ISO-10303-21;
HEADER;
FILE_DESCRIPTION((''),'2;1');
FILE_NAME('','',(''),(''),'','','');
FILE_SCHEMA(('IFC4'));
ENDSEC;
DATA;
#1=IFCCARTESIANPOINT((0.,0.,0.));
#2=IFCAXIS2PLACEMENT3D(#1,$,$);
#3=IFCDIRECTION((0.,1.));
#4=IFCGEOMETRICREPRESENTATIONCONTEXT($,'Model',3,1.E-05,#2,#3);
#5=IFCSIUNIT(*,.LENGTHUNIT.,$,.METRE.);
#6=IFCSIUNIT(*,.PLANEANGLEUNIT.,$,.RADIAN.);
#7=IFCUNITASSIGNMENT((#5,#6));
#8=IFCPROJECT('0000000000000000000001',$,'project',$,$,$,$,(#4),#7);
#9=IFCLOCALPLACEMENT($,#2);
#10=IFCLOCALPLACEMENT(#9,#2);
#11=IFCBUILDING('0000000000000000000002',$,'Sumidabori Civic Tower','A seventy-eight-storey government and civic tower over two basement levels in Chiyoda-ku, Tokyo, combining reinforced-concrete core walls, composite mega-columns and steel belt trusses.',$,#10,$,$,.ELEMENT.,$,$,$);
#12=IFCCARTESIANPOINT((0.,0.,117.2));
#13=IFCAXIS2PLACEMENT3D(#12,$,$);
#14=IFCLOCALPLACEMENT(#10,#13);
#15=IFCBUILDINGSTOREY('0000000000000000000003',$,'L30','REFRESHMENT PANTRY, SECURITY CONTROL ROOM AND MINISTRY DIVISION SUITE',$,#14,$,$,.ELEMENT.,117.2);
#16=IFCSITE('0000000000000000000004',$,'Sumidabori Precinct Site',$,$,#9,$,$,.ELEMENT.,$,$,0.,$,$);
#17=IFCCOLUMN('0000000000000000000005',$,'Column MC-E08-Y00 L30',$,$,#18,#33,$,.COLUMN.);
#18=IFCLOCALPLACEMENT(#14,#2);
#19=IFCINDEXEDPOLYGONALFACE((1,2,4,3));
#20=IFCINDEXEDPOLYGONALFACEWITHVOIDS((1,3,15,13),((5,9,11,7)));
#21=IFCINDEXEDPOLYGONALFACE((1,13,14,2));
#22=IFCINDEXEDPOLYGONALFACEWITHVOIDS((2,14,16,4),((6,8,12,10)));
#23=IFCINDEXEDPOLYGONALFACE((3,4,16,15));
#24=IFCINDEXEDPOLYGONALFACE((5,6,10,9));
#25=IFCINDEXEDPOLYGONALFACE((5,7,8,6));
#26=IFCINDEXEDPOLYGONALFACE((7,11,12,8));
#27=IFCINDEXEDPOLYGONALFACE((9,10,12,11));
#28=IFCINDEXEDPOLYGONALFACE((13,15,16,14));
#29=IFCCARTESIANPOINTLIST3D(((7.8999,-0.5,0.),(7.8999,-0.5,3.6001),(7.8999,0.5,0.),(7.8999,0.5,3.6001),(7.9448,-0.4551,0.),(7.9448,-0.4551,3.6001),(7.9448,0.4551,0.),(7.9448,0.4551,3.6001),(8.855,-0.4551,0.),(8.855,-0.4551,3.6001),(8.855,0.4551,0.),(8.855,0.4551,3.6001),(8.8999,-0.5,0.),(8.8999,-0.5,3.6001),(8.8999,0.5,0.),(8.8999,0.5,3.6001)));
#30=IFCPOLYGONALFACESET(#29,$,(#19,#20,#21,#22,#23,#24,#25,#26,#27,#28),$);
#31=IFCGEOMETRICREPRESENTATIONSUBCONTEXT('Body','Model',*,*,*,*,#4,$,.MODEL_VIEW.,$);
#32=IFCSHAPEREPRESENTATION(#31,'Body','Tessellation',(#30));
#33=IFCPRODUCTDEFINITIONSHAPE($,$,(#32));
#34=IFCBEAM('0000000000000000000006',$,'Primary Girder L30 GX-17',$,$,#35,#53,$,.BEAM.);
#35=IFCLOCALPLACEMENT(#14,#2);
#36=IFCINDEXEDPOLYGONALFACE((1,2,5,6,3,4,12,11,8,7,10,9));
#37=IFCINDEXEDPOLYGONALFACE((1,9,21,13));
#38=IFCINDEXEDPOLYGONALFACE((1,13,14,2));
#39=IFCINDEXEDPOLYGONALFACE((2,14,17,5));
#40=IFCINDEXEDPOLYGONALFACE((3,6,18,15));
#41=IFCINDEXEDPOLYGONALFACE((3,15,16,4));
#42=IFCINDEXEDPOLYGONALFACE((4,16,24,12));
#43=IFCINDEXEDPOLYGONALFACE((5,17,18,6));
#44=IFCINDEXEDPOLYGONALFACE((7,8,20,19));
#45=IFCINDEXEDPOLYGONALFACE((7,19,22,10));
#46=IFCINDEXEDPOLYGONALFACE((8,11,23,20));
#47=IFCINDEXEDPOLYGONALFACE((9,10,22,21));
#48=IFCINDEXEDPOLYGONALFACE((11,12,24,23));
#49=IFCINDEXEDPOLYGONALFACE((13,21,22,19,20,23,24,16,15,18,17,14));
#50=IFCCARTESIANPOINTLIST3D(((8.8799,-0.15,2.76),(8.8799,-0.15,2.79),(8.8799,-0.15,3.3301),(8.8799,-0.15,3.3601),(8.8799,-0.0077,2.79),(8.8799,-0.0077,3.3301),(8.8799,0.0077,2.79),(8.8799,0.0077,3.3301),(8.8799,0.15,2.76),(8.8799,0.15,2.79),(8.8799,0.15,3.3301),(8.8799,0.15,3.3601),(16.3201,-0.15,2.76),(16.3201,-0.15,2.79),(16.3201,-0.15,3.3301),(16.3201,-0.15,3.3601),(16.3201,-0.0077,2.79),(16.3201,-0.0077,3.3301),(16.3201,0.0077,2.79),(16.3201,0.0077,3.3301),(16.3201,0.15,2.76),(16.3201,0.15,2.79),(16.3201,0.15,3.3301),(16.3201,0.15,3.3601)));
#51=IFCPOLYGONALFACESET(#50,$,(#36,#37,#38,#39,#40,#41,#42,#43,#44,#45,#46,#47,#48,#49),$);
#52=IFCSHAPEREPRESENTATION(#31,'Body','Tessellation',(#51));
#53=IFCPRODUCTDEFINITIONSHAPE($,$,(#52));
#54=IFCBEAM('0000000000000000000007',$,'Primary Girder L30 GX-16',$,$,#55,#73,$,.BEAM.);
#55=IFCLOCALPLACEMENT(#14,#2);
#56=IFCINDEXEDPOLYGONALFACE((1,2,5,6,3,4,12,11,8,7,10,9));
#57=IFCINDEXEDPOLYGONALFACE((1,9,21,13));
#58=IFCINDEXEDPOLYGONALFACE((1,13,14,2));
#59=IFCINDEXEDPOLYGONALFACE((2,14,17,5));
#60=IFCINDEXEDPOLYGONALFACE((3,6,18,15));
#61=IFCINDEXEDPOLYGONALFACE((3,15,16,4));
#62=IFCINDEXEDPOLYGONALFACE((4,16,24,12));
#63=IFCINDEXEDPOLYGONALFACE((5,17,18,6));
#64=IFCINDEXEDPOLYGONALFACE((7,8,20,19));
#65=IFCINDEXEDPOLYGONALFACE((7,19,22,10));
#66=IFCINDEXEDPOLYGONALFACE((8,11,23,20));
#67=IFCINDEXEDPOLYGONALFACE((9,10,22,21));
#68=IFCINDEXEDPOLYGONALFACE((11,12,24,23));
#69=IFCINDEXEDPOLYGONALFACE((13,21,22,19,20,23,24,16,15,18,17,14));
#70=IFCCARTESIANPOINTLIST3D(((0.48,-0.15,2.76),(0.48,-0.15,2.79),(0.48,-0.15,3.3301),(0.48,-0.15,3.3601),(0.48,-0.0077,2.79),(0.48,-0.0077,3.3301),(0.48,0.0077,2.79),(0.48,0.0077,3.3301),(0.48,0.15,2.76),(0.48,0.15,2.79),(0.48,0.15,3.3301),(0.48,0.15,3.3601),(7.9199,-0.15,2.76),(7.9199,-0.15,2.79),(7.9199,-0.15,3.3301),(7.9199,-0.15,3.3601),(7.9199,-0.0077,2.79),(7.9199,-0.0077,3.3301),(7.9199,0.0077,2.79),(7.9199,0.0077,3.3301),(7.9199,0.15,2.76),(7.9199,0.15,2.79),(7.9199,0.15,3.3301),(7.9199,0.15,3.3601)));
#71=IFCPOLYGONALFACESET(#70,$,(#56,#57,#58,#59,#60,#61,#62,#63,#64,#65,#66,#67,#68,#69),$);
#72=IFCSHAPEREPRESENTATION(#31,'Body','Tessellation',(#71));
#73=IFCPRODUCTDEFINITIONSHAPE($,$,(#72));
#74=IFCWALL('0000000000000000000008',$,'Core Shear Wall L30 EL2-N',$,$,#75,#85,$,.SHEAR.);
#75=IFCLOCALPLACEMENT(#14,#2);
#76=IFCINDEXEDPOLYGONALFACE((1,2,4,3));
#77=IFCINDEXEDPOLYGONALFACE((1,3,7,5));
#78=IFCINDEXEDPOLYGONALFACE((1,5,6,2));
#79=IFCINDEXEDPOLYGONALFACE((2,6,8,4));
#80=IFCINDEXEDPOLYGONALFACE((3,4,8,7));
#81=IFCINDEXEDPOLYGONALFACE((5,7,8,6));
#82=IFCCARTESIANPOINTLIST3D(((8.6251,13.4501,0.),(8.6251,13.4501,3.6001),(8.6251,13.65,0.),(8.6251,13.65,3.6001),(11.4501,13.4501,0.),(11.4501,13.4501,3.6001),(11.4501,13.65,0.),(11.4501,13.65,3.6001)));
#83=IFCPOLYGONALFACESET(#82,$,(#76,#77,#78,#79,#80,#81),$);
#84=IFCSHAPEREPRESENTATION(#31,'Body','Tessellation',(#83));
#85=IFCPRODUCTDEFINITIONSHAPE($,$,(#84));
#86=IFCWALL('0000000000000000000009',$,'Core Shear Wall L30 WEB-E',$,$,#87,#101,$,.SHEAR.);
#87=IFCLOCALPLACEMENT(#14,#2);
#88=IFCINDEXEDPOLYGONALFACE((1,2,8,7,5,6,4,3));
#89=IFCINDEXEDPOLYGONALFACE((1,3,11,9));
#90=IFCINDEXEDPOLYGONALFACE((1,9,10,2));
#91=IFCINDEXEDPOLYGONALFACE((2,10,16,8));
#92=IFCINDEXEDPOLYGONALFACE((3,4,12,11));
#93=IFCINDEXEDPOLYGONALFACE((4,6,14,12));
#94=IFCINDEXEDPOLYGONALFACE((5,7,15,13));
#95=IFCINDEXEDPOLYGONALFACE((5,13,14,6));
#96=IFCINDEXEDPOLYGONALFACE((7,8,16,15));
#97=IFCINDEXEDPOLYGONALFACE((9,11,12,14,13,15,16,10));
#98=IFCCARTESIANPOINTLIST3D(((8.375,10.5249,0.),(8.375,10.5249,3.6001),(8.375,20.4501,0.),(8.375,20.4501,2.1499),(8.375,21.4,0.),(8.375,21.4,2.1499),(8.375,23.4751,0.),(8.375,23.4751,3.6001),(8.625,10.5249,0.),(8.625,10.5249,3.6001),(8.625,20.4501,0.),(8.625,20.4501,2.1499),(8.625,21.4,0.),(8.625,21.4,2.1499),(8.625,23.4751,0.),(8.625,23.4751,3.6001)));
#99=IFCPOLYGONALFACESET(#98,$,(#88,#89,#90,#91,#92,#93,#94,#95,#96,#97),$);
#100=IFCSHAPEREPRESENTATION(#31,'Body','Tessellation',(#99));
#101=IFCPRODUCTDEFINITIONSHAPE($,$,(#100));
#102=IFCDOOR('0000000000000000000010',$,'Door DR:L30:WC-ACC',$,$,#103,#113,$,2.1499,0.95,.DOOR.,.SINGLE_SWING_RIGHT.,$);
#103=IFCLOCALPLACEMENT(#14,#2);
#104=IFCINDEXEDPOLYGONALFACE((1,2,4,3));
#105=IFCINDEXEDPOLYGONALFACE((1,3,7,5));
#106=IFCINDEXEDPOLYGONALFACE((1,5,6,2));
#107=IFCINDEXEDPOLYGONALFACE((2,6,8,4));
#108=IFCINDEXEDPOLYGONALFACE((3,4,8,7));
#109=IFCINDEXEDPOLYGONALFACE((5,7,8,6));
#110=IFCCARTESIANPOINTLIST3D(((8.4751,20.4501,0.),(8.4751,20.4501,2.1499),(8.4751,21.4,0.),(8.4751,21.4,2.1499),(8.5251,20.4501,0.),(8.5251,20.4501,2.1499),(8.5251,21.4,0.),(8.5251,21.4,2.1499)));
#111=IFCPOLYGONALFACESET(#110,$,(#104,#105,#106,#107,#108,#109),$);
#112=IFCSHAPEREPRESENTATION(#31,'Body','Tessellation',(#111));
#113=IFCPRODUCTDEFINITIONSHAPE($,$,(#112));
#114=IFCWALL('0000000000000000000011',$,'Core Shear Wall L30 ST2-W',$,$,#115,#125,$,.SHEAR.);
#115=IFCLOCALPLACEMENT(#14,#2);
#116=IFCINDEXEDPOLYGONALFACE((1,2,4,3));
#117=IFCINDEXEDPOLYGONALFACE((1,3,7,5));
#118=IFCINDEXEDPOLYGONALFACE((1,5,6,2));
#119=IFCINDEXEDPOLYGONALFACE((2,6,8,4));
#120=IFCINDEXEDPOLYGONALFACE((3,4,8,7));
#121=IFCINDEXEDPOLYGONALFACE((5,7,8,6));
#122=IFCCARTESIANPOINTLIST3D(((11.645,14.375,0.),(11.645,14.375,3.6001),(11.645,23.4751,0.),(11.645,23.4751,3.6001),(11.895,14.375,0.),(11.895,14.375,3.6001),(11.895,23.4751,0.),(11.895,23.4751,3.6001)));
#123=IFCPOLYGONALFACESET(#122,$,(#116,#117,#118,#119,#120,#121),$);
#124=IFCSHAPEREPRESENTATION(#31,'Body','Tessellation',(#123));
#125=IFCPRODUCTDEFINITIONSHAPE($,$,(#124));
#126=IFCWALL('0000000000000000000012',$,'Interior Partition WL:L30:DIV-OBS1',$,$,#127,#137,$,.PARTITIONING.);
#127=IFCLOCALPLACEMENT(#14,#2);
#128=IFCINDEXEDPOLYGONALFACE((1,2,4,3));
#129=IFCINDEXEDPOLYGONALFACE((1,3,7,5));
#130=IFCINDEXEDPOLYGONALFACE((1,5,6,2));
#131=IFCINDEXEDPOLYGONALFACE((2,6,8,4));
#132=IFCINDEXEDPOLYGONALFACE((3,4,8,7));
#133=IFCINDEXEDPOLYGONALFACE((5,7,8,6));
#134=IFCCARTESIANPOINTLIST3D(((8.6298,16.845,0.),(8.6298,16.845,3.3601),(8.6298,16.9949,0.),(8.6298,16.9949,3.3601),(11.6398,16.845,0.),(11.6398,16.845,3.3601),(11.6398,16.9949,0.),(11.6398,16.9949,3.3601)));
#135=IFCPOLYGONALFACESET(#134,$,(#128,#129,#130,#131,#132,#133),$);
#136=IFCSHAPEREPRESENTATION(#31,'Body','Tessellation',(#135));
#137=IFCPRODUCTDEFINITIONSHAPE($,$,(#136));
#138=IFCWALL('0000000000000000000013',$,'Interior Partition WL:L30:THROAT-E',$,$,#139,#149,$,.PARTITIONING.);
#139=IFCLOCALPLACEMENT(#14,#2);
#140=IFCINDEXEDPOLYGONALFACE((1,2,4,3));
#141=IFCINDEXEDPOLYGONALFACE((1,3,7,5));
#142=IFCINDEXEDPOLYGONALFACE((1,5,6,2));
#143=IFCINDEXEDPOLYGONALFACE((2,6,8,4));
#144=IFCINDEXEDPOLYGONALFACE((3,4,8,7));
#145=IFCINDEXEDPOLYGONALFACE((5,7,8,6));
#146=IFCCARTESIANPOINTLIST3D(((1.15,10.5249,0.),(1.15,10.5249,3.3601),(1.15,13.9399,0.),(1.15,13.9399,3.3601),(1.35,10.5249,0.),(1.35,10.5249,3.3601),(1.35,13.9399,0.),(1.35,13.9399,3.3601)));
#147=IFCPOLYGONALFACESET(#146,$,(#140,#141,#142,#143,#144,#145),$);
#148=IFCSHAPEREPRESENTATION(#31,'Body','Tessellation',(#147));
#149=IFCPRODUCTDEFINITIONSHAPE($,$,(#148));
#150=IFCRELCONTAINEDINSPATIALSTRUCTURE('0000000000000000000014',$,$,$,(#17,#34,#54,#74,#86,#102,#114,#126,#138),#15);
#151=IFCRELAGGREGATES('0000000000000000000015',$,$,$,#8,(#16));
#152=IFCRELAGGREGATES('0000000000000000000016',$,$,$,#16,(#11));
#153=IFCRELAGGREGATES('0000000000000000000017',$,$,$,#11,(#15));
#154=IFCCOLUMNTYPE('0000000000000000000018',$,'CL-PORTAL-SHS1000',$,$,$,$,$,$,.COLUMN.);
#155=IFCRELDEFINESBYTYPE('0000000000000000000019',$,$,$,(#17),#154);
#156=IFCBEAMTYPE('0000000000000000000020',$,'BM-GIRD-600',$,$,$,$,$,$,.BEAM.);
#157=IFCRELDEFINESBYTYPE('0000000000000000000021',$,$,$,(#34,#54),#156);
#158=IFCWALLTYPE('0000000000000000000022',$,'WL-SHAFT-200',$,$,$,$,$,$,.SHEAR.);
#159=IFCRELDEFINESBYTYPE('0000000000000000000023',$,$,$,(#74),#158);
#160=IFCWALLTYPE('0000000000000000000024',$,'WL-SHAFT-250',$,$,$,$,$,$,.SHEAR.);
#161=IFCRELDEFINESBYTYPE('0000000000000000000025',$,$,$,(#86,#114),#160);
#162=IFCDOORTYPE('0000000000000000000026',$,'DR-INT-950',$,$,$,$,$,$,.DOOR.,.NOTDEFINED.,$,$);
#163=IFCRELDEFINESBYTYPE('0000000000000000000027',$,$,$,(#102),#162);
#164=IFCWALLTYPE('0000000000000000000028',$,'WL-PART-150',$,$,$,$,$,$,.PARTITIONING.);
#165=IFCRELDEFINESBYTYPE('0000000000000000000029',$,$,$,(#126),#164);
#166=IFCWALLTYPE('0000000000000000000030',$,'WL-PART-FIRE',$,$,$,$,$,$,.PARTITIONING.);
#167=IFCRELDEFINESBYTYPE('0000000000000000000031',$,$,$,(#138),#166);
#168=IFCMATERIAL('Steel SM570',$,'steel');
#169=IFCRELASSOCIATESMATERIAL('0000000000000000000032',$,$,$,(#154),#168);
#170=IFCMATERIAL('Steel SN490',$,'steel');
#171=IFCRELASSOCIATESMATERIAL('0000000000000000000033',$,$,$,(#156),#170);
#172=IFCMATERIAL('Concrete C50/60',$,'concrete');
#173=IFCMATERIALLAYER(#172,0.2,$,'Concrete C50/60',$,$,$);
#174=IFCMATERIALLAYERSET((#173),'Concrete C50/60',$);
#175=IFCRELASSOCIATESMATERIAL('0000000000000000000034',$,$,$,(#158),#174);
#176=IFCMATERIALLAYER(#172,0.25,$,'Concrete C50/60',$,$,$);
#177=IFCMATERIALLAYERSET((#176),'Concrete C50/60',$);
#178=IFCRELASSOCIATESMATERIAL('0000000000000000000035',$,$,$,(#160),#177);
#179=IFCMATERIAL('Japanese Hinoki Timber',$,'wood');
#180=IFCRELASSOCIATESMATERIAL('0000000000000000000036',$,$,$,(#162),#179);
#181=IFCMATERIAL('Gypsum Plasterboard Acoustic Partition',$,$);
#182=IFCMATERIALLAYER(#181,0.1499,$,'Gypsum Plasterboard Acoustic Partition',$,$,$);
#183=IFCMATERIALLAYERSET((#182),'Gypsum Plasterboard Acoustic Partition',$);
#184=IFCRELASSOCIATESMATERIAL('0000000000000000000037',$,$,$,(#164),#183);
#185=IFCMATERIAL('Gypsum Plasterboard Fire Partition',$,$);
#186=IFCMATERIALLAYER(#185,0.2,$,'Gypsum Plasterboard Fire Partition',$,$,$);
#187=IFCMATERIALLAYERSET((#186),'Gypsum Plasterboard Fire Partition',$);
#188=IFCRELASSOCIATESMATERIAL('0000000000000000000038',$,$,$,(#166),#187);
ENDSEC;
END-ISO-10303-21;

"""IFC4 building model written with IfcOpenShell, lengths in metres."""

from ifc_helpers import new_model, si_unit, direction, frame, frame_2d, origin, origin_2d, place, context, subcontext, project, spatial, rectangle, hollow_rectangle, i_section, extrude, source, transform, mapped, material, layer, layer_set, material_profile, profile_set, type_object, element, fill, save


model = new_model("IFC4")

# Units and contexts
model_context = context("Model", 3, precision=1e-05, world=origin(), true_north=direction((0.0, 1.0)))
body_context = subcontext(model_context, "Body", "Model", "MODEL_VIEW")
ifc_project = project(units=[si_unit("LENGTHUNIT", "METRE"), si_unit("PLANEANGLEUNIT", "RADIAN")], contexts=[model_context])

# Site, building, storey
site_placement = place(None, origin())
site = spatial("IfcSite", under=ifc_project, at=site_placement, Name="Sumidabori Precinct Site", CompositionType="ELEMENT", RefElevation=0.0)
building_placement = place(site_placement, origin())
building = spatial("IfcBuilding", under=site, at=building_placement, Name="Sumidabori Civic Tower", Description="A seventy-eight-storey government and civic tower over two basement levels in Chiyoda-ku, Tokyo, combining reinforced-concrete core walls, composite mega-columns and steel belt trusses.", CompositionType="ELEMENT")
storey_placement = place(building_placement, frame((0.0, 0.0, 117.2)))
storey = spatial("IfcBuildingStorey", under=building, at=storey_placement, Name="L30", Description="REFRESHMENT PANTRY, SECURITY CONTROL ROOM AND MINISTRY DIVISION SUITE", CompositionType="ELEMENT", Elevation=117.2)

# Column
ifc_material_1 = material(Name="Steel SM570", Category="steel")
ifc_material_profile_1 = material_profile(ifc_material_1, hollow_rectangle(XDim=1.0, YDim=1.0, WallThickness=0.0449, at=origin_2d()), Name="SHS 1000x1000x45")
ifc_profile_set_1 = profile_set([ifc_material_profile_1], Name="Steel SM570")
column_type = type_object("IfcColumnType", Name="CL-PORTAL-SHS1000", PredefinedType="COLUMN", material=ifc_profile_set_1)
shared_shape_1 = source(origin(), body_context, "Body", "SweptSolid", [
    extrude(hollow_rectangle(XDim=1.0, YDim=1.0, WallThickness=0.0449, at=origin_2d()), origin(), (0.0, 0.0, 1.0), 3.6001),
])
column_placement = place(storey_placement, frame((8.3999, 0.0, 0.0), z_axis=(0.0, 0.0, 1.0), x_axis=(1.0, 0.0, 0.0)))
element("IfcColumn", 1, at=column_placement, inside=storey, type_object=column_type, Name="Column MC-E08-Y00 L30", PredefinedType="COLUMN", context=body_context, shape_type="MappedRepresentation", body=[
    mapped(shared_shape_1, transform((0.0, 0.0, 0.0), x_axis=(1.0, 0.0, 0.0), y_axis=(0.0, 1.0, 0.0), z_axis=(0.0, 0.0, 1.0), scale=1.0)),
])

# Beams
ifc_material_2 = material(Name="Steel SN490", Category="steel")
ifc_material_profile_2 = material_profile(ifc_material_2, i_section(OverallWidth=0.3, OverallDepth=0.6001, WebThickness=0.0154, FlangeThickness=0.03, at=origin_2d()), Name="HE 600 B")
ifc_profile_set_2 = profile_set([ifc_material_profile_2], Name="Steel SN490")
beam_type = type_object("IfcBeamType", Name="BM-GIRD-600", PredefinedType="BEAM", material=ifc_profile_set_2)
shared_shape_2 = source(origin(), body_context, "Body", "SweptSolid", [
    extrude(i_section(OverallWidth=0.3, OverallDepth=0.6001, WebThickness=0.0154, FlangeThickness=0.03, at=origin_2d()), origin(), (0.0, 0.0, 1.0), 7.4402),
])
beam_1_placement = place(storey_placement, frame((8.8799, 0.0, 3.0601), z_axis=(1.0, 0.0, 0.0), x_axis=(0.0, 1.0, 0.0)))
element("IfcBeam", 2, at=beam_1_placement, inside=storey, type_object=beam_type, Name="Primary Girder L30 GX-17", PredefinedType="BEAM", context=body_context, shape_type="MappedRepresentation", body=[
    mapped(shared_shape_2, transform((0.0, 0.0, 0.0), x_axis=(1.0, 0.0, 0.0), y_axis=(0.0, 1.0, 0.0), z_axis=(0.0, 0.0, 1.0), scale=1.0)),
])
shared_shape_3 = source(origin(), body_context, "Body", "SweptSolid", [
    extrude(i_section(OverallWidth=0.3, OverallDepth=0.6001, WebThickness=0.0154, FlangeThickness=0.03, at=origin_2d()), origin(), (0.0, 0.0, 1.0), 7.4399),
])
beam_2_placement = place(storey_placement, frame((0.48, 0.0, 3.0601), z_axis=(1.0, 0.0, 0.0), x_axis=(0.0, 1.0, 0.0)))
element("IfcBeam", 3, at=beam_2_placement, inside=storey, type_object=beam_type, Name="Primary Girder L30 GX-16", PredefinedType="BEAM", context=body_context, shape_type="MappedRepresentation", body=[
    mapped(shared_shape_3, transform((0.0, 0.0, 0.0), x_axis=(1.0, 0.0, 0.0), y_axis=(0.0, 1.0, 0.0), z_axis=(0.0, 0.0, 1.0), scale=1.0)),
])

# Wall
ifc_material_3 = material(Name="Concrete C50/60", Category="concrete")
ifc_layer_1 = layer(ifc_material_3, 0.2, Name="Concrete C50/60")
ifc_layer_set_1 = layer_set([ifc_layer_1], Name="Concrete C50/60")
wall_type_1 = type_object("IfcWallType", Name="WL-SHAFT-200", PredefinedType="SHEAR", material=ifc_layer_set_1)
shared_shape_4 = source(origin(), body_context, "Body", "SweptSolid", [
    extrude(rectangle(XDim=2.825, YDim=0.2, at=frame_2d((1.4126, 0.0))), origin(), (0.0, 0.0, 1.0), 3.6001),
])
wall_1_placement = place(storey_placement, frame((8.625, 13.55, 0.0), z_axis=(0.0, 0.0, 1.0), x_axis=(1.0, 0.0, 0.0)))
element("IfcWall", 4, at=wall_1_placement, inside=storey, type_object=wall_type_1, Name="Core Shear Wall L30 EL2-N", PredefinedType="SHEAR", context=body_context, shape_type="MappedRepresentation", body=[
    mapped(shared_shape_4, transform((0.0, 0.0, 0.0), x_axis=(1.0, 0.0, 0.0), y_axis=(0.0, 1.0, 0.0), z_axis=(0.0, 0.0, 1.0), scale=1.0)),
])

# Wall, opening, door
ifc_layer_2 = layer(ifc_material_3, 0.25, Name="Concrete C50/60")
ifc_layer_set_2 = layer_set([ifc_layer_2], Name="Concrete C50/60")
wall_type_2 = type_object("IfcWallType", Name="WL-SHAFT-250", PredefinedType="SHEAR", material=ifc_layer_set_2)
shared_shape_5 = source(origin(), body_context, "Body", "SweptSolid", [
    extrude(rectangle(XDim=12.9502, YDim=0.25, at=frame_2d((6.4751, 0.0))), origin(), (0.0, 0.0, 1.0), 3.6001),
])
wall_2_placement = place(storey_placement, frame((8.5, 10.5249, 0.0), z_axis=(0.0, 0.0, 1.0), x_axis=(0.0, 1.0, 0.0)))
wall_2 = element("IfcWall", 5, at=wall_2_placement, inside=storey, type_object=wall_type_2, Name="Core Shear Wall L30 WEB-E", PredefinedType="SHEAR", context=body_context, shape_type="MappedRepresentation", body=[
    mapped(shared_shape_5, transform((0.0, 0.0, 0.0), x_axis=(1.0, 0.0, 0.0), y_axis=(0.0, 1.0, 0.0), z_axis=(0.0, 0.0, 1.0), scale=1.0)),
])
opening_1_placement = place(wall_2_placement, frame((9.925, 0.0, 0.0)))
opening_1 = element("IfcOpeningElement", 6, at=opening_1_placement, cuts=wall_2, PredefinedType="OPENING", context=body_context, shape_type="SweptSolid", body=[
    extrude(rectangle(XDim=0.95, YDim=2.1499, at=frame_2d((0.4751, 1.075))), frame((0.0, 0.137, 0.0), z_axis=(0.0, -1.0, 0.0), x_axis=(1.0, 0.0, 0.0)), (0.0, 0.0, 1.0), 0.2739),
])
ifc_material_4 = material(Name="Japanese Hinoki Timber", Category="wood")
door_type_1 = type_object("IfcDoorType", Name="DR-INT-950", OperationType="NOTDEFINED", PredefinedType="DOOR", material=ifc_material_4)
shared_shape_6 = source(origin(), body_context, "Body", "SweptSolid", [
    extrude(rectangle(XDim=0.95, YDim=2.1499, at=frame_2d((0.4751, 1.075))), frame((0.0, 0.0249, 0.0), z_axis=(0.0, -1.0, 0.0), x_axis=(1.0, 0.0, 0.0)), (0.0, 0.0, 1.0), 0.05),
])
door_1_placement = place(opening_1_placement, origin())
door_1 = element("IfcDoor", 7, at=door_1_placement, inside=storey, type_object=door_type_1, Name="Door DR:L30:WC-ACC", OperationType="SINGLE_SWING_RIGHT", OverallHeight=2.1499, OverallWidth=0.95, PredefinedType="DOOR", context=body_context, shape_type="MappedRepresentation", body=[
    mapped(shared_shape_6, transform((0.0, 0.0, 0.0), x_axis=(1.0, 0.0, 0.0), y_axis=(0.0, 1.0, 0.0), z_axis=(0.0, 0.0, 1.0), scale=1.0)),
])
fill(opening_1, door_1)

# Wall
shared_shape_7 = source(origin(), body_context, "Body", "SweptSolid", [
    extrude(rectangle(XDim=9.1001, YDim=0.25, at=frame_2d((4.55, 0.0))), origin(), (0.0, 0.0, 1.0), 3.6001),
])
wall_3_placement = place(storey_placement, frame((11.77, 14.375, 0.0), z_axis=(0.0, 0.0, 1.0), x_axis=(0.0, 1.0, 0.0)))
element("IfcWall", 8, at=wall_3_placement, inside=storey, type_object=wall_type_2, Name="Core Shear Wall L30 ST2-W", PredefinedType="SHEAR", context=body_context, shape_type="MappedRepresentation", body=[
    mapped(shared_shape_7, transform((0.0, 0.0, 0.0), x_axis=(1.0, 0.0, 0.0), y_axis=(0.0, 1.0, 0.0), z_axis=(0.0, 0.0, 1.0), scale=1.0)),
])

# Wall
ifc_material_5 = material(Name="Gypsum Plasterboard Acoustic Partition")
ifc_layer_3 = layer(ifc_material_5, 0.1499, Name="Gypsum Plasterboard Acoustic Partition")
ifc_layer_set_3 = layer_set([ifc_layer_3], Name="Gypsum Plasterboard Acoustic Partition")
wall_type_3 = type_object("IfcWallType", Name="WL-PART-150", PredefinedType="PARTITIONING", material=ifc_layer_set_3)
shared_shape_8 = source(origin(), body_context, "Body", "SweptSolid", [
    extrude(rectangle(XDim=3.01, YDim=0.1499, at=frame_2d((1.5049, 0.0))), origin(), (0.0, 0.0, 1.0), 3.3601),
])
wall_4_placement = place(storey_placement, frame((8.6299, 16.9199, 0.0), z_axis=(0.0, 0.0, 1.0), x_axis=(1.0, 0.0, 0.0)))
element("IfcWall", 9, at=wall_4_placement, inside=storey, type_object=wall_type_3, Name="Interior Partition WL:L30:DIV-OBS1", PredefinedType="PARTITIONING", context=body_context, shape_type="MappedRepresentation", body=[
    mapped(shared_shape_8, transform((0.0, 0.0, 0.0), x_axis=(1.0, 0.0, 0.0), y_axis=(0.0, 1.0, 0.0), z_axis=(0.0, 0.0, 1.0), scale=1.0)),
])

# Shared definitions
ifc_material_6 = material(Name="Gypsum Plasterboard Fire Partition")
ifc_layer_4 = layer(ifc_material_6, 0.2, Name="Gypsum Plasterboard Fire Partition")
ifc_layer_set_4 = layer_set([ifc_layer_4], Name="Gypsum Plasterboard Fire Partition")
wall_type_4 = type_object("IfcWallType", Name="WL-PART-FIRE", PredefinedType="PARTITIONING", material=ifc_layer_set_4)

# Wall
shared_shape_9 = source(origin(), body_context, "Body", "SweptSolid", [
    extrude(rectangle(XDim=3.415, YDim=0.2, at=frame_2d((1.7075, 0.0))), origin(), (0.0, 0.0, 1.0), 3.3601),
])
wall_5_placement = place(storey_placement, frame((1.25, 10.5249, 0.0), z_axis=(0.0, 0.0, 1.0), x_axis=(0.0, 1.0, 0.0)))
element("IfcWall", 10, at=wall_5_placement, inside=storey, type_object=wall_type_4, Name="Interior Partition WL:L30:THROAT-E", PredefinedType="PARTITIONING", context=body_context, shape_type="MappedRepresentation", body=[
    mapped(shared_shape_9, transform((0.0, 0.0, 0.0), x_axis=(1.0, 0.0, 0.0), y_axis=(0.0, 1.0, 0.0), z_axis=(0.0, 0.0, 1.0), scale=1.0)),
])

save(model, "model.ifc")
